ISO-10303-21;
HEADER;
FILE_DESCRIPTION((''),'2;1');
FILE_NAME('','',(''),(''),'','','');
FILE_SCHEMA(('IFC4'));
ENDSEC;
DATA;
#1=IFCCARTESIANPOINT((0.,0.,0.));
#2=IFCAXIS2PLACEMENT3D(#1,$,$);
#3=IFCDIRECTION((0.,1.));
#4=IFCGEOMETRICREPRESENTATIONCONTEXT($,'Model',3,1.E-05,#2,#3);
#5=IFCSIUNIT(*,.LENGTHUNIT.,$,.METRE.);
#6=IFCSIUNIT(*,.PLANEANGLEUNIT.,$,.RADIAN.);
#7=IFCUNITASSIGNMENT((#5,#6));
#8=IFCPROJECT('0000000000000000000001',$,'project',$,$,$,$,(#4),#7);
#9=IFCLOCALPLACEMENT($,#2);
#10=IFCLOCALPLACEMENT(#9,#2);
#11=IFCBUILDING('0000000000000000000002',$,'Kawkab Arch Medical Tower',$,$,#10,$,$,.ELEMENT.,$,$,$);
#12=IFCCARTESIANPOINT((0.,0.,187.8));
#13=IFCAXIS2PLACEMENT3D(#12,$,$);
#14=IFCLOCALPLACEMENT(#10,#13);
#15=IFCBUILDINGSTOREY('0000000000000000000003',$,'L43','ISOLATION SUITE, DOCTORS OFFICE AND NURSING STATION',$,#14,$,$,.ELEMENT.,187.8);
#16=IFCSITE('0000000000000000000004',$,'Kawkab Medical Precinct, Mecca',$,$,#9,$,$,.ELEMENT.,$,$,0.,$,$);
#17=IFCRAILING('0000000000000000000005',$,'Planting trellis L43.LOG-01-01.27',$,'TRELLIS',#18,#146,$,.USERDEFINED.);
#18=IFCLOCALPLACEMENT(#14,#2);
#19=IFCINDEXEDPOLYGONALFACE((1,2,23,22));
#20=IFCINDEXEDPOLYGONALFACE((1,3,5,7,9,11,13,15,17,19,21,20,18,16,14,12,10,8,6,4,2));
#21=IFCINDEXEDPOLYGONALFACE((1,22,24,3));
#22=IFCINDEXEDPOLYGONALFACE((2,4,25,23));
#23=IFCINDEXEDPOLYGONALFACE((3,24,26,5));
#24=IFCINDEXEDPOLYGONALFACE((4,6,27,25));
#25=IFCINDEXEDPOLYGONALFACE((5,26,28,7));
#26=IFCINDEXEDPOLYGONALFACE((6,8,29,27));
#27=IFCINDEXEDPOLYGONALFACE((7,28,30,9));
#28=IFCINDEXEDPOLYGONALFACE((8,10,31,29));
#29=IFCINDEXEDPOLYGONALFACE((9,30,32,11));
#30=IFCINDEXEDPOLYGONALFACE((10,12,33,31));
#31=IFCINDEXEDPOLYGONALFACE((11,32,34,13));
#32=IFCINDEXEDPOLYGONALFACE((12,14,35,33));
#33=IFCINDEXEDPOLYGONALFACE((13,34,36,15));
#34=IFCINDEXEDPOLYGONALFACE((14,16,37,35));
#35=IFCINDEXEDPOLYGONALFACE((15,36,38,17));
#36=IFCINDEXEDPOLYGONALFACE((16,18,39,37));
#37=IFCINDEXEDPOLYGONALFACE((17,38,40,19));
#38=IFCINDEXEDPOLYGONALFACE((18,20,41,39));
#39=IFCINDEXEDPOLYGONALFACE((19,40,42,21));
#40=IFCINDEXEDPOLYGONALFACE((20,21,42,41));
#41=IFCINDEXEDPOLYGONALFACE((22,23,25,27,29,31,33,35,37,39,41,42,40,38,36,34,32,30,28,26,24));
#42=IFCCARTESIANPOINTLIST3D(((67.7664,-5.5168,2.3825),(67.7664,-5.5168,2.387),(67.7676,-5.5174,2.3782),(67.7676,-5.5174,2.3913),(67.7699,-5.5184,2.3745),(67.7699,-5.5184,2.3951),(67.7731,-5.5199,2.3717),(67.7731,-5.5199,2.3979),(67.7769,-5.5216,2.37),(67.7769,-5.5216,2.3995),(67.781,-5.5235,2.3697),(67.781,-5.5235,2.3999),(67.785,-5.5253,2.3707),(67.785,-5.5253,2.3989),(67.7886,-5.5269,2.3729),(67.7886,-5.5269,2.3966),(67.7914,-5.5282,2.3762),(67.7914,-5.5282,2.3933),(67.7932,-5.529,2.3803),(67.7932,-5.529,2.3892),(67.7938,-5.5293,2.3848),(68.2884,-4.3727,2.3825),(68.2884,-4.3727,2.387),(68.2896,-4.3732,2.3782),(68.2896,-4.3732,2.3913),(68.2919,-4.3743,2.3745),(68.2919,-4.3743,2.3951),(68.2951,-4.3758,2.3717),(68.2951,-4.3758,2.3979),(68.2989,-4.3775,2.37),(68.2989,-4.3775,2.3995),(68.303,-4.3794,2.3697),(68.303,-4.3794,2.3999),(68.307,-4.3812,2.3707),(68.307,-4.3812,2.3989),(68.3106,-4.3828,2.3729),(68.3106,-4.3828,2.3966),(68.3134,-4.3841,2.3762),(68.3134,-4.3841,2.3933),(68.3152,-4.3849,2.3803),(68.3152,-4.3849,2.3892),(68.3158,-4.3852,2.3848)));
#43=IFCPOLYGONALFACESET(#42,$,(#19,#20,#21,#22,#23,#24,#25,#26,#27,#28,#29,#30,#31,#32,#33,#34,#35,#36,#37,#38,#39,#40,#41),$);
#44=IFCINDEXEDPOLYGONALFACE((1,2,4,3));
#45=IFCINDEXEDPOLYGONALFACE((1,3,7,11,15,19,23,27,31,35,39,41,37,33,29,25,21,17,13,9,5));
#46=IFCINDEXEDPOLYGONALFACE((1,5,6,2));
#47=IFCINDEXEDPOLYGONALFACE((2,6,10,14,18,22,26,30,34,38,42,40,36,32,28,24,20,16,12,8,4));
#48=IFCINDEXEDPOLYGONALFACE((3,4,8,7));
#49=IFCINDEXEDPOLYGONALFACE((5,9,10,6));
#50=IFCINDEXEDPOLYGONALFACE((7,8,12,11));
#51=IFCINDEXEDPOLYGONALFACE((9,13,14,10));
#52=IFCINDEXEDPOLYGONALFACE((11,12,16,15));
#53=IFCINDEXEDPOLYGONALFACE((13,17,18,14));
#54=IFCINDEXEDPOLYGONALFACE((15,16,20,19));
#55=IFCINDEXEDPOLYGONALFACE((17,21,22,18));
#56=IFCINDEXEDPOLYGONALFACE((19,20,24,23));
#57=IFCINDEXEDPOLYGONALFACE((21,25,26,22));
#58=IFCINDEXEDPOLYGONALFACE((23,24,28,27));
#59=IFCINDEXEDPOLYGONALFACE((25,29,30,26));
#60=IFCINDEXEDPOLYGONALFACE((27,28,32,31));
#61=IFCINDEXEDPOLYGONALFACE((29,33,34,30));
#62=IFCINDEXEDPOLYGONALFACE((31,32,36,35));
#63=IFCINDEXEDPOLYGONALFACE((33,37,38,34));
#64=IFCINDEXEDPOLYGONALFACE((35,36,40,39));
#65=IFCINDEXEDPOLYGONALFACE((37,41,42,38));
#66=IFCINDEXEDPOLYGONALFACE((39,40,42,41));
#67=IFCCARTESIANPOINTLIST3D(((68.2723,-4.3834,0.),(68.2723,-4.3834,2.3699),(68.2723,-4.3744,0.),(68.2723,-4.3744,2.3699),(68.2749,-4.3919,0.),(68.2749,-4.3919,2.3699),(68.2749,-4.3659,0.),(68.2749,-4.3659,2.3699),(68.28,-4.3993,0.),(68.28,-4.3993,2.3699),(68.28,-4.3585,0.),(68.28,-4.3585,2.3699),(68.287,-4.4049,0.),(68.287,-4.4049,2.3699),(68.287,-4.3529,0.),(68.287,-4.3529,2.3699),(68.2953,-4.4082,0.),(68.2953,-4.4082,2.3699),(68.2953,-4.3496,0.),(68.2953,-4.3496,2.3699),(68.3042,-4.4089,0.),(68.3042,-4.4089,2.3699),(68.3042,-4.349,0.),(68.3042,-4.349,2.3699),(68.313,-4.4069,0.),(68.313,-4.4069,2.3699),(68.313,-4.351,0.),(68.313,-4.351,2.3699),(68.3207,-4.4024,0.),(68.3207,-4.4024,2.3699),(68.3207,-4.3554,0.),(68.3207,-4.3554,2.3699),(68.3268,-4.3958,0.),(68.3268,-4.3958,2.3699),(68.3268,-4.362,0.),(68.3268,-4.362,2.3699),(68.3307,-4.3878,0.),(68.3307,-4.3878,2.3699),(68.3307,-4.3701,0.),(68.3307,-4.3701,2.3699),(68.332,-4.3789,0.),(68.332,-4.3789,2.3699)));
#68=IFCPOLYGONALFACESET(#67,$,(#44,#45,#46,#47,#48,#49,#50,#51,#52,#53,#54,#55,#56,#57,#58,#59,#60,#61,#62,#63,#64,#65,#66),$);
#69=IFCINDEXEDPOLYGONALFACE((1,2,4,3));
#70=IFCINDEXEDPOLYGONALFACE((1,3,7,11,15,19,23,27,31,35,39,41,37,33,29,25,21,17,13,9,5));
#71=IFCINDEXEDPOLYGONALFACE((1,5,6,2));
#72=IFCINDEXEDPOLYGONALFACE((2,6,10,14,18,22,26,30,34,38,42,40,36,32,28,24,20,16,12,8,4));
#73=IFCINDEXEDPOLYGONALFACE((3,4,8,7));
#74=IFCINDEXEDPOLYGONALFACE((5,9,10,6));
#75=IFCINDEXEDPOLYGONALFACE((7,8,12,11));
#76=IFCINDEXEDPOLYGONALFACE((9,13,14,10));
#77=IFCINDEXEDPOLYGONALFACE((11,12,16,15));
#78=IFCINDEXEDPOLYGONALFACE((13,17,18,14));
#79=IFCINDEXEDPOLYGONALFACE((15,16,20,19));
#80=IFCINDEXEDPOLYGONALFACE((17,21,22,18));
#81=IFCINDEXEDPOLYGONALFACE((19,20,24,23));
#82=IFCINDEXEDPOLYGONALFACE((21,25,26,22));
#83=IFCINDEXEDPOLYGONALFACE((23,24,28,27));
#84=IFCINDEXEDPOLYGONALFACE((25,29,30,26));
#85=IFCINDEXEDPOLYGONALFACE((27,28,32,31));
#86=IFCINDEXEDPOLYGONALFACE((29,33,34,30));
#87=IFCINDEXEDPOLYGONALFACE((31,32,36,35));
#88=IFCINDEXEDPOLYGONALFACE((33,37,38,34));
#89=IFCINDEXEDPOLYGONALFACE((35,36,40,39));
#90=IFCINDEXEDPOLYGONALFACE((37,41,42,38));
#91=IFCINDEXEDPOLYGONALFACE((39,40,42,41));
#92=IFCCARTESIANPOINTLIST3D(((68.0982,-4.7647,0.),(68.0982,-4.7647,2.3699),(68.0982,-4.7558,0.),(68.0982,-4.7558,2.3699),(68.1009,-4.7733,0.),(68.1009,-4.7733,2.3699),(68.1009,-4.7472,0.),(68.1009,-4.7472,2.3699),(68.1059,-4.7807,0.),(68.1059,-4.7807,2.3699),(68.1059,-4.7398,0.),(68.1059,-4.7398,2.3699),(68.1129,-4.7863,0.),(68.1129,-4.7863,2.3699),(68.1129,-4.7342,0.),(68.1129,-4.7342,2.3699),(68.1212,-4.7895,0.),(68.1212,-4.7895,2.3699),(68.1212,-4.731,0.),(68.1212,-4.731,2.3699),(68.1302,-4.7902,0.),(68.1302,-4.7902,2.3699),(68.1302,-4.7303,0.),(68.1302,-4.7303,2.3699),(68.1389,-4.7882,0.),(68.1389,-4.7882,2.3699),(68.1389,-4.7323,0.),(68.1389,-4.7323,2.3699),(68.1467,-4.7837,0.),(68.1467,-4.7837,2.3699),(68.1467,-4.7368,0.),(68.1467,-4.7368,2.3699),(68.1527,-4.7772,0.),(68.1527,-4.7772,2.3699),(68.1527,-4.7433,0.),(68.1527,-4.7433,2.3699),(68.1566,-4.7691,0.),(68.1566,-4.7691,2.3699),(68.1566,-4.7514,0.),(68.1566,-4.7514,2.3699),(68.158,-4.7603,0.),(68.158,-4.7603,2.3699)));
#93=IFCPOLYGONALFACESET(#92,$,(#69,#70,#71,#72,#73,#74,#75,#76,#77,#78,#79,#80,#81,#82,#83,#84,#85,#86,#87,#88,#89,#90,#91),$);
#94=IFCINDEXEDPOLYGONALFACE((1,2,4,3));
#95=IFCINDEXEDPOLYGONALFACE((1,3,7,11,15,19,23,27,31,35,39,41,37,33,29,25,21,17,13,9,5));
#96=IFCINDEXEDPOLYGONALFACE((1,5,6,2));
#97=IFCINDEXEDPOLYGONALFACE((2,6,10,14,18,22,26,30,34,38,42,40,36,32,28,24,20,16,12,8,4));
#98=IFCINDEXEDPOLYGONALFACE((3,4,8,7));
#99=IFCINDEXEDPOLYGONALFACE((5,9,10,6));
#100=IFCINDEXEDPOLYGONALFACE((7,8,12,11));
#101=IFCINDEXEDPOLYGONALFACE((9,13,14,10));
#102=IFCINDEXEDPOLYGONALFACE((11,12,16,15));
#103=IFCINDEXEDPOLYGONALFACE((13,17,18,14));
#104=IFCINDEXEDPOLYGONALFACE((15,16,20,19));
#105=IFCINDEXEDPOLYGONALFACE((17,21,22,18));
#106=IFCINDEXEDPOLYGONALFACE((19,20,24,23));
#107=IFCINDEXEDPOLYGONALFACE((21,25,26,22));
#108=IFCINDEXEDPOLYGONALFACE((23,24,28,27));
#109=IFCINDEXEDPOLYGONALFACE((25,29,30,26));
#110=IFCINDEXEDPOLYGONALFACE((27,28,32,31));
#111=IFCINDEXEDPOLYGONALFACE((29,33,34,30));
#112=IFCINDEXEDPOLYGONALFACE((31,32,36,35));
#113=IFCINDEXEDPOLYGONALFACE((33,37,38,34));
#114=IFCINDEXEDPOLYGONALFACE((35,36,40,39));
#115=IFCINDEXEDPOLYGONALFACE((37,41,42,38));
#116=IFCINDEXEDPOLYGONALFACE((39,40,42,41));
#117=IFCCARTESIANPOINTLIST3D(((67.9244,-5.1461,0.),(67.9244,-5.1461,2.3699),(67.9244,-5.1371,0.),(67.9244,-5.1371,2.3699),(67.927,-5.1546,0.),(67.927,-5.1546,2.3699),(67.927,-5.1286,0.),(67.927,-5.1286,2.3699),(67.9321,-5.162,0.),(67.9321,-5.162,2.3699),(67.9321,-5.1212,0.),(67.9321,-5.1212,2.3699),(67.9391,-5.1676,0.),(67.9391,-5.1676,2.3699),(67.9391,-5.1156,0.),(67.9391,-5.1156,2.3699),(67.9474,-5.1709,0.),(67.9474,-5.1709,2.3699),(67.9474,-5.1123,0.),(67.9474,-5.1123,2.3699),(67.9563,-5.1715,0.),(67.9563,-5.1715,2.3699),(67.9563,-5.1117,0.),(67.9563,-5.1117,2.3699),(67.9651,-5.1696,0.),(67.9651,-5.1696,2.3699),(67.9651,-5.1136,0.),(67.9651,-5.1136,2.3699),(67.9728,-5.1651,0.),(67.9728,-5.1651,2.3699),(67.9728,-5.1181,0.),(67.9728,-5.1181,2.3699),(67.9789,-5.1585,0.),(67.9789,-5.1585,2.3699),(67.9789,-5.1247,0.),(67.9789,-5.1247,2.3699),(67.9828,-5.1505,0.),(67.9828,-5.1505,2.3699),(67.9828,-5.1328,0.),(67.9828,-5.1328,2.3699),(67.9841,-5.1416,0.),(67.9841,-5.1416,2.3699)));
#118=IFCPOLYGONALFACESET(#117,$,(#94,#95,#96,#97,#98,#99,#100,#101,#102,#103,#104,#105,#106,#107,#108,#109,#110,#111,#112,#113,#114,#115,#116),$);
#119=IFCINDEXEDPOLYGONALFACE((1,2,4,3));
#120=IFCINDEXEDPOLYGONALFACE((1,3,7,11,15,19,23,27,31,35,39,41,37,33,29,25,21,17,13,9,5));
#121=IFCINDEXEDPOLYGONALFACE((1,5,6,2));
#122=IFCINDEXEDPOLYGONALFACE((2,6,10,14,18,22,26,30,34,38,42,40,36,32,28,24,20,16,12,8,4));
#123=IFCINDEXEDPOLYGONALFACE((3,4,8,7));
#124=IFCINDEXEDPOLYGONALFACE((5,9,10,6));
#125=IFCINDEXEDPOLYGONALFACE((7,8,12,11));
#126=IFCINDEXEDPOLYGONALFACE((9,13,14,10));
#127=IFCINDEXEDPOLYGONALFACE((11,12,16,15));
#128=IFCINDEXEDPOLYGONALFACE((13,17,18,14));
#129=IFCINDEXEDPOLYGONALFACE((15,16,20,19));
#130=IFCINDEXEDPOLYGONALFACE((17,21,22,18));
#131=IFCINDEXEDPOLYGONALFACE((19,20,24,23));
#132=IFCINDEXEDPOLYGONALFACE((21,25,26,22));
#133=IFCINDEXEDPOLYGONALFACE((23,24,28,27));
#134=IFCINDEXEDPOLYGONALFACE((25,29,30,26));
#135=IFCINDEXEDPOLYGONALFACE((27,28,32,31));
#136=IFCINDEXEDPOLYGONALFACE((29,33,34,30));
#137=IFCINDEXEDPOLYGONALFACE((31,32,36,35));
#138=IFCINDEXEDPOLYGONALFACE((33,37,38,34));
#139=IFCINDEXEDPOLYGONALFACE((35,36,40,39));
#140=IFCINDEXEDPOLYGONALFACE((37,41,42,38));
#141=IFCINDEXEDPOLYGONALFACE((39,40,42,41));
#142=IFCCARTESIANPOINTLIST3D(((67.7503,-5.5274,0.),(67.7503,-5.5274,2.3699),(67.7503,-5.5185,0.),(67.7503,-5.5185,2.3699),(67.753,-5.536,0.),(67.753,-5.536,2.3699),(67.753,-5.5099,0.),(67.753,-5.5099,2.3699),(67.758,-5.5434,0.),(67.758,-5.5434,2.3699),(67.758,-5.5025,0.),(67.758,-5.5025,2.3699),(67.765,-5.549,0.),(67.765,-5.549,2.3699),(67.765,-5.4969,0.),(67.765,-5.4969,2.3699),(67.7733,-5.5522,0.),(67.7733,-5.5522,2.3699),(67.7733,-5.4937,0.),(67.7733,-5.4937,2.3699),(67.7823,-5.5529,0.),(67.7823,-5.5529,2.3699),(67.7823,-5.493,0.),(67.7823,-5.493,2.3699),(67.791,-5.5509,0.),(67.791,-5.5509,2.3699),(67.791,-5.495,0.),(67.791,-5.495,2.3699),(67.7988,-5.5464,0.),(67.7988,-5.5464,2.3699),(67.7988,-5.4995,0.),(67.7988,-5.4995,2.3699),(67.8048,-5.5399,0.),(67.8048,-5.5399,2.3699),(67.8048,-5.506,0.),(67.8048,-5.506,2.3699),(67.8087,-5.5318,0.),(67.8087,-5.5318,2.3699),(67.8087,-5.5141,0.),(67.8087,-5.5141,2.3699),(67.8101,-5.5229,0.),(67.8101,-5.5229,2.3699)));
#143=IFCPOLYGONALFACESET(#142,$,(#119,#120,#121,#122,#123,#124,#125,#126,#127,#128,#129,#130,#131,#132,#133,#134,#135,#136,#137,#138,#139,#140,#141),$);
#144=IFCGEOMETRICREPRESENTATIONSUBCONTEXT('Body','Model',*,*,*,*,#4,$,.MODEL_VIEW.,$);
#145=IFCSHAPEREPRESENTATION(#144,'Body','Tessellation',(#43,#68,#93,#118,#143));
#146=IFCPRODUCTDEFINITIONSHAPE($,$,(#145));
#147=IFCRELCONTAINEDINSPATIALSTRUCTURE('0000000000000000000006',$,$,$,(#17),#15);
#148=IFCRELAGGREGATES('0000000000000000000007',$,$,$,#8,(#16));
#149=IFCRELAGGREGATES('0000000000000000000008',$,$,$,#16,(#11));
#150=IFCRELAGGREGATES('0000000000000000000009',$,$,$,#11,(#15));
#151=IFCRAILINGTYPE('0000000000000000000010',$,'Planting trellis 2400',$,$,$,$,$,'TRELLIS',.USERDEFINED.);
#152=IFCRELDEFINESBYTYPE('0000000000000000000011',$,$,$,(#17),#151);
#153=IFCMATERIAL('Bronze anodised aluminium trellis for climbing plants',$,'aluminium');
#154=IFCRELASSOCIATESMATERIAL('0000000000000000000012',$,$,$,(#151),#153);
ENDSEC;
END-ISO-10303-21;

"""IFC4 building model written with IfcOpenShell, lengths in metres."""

from ifc_helpers import new_model, si_unit, direction, frame, origin, origin_2d, place, context, subcontext, project, spatial, circle, extrude, material, type_object, element, save


model = new_model("IFC4")

# Units and contexts
model_context = context("Model", 3, precision=1e-05, world=origin(), true_north=direction((0.0, 1.0)))
body_context = subcontext(model_context, "Body", "Model", "MODEL_VIEW")
ifc_project = project(units=[si_unit("LENGTHUNIT", "METRE"), si_unit("PLANEANGLEUNIT", "RADIAN")], contexts=[model_context])

# Site, building, storey
site_placement = place(None, origin())
site = spatial("IfcSite", under=ifc_project, at=site_placement, Name="Kawkab Medical Precinct, Mecca", CompositionType="ELEMENT", RefElevation=0.0)
building_placement = place(site_placement, origin())
building = spatial("IfcBuilding", under=site, at=building_placement, Name="Kawkab Arch Medical Tower", CompositionType="ELEMENT")
storey_placement = place(building_placement, frame((0.0, 0.0, 187.8)))
storey = spatial("IfcBuildingStorey", under=building, at=storey_placement, Name="L43", Description="ISOLATION SUITE, DOCTORS OFFICE AND NURSING STATION", CompositionType="ELEMENT", Elevation=187.8)

# Railing
ifc_material_1 = material(Name="Bronze anodised aluminium trellis for climbing plants", Category="aluminium")
railing_type_1 = type_object("IfcRailingType", Name="Planting trellis 2400", ElementType="TRELLIS", PredefinedType="USERDEFINED", material=ifc_material_1)
railing_1_placement = place(storey_placement, frame((68.302, -4.3789, 0.0)))
element("IfcRailing", 1, at=railing_1_placement, inside=storey, type_object=railing_type_1, Name="Planting trellis L43.LOG-01-01.27", ObjectType="TRELLIS", PredefinedType="USERDEFINED", context=body_context, shape_type="SweptSolid", body=[
    extrude(circle(Radius=0.0151, at=origin_2d()), frame((0.0, 0.0, 2.3848), z_axis=(-0.41509, -0.90978, 0.0), x_axis=(0.90978, -0.41509, 0.0)), (0.0, 0.0, 1.0), 1.2576),
    extrude(circle(Radius=0.03, at=origin_2d()), origin(), (0.0, 0.0, 1.0), 2.3699),
    extrude(circle(Radius=0.03, at=origin_2d()), frame((-0.1741, -0.3813, 0.0)), (0.0, 0.0, 1.0), 2.3699),
    extrude(circle(Radius=0.03, at=origin_2d()), frame((-0.3479, -0.7627, 0.0)), (0.0, 0.0, 1.0), 2.3699),
    extrude(circle(Radius=0.03, at=origin_2d()), frame((-0.522, -1.144, 0.0)), (0.0, 0.0, 1.0), 2.3699),
])

save(model, "model.ifc")
